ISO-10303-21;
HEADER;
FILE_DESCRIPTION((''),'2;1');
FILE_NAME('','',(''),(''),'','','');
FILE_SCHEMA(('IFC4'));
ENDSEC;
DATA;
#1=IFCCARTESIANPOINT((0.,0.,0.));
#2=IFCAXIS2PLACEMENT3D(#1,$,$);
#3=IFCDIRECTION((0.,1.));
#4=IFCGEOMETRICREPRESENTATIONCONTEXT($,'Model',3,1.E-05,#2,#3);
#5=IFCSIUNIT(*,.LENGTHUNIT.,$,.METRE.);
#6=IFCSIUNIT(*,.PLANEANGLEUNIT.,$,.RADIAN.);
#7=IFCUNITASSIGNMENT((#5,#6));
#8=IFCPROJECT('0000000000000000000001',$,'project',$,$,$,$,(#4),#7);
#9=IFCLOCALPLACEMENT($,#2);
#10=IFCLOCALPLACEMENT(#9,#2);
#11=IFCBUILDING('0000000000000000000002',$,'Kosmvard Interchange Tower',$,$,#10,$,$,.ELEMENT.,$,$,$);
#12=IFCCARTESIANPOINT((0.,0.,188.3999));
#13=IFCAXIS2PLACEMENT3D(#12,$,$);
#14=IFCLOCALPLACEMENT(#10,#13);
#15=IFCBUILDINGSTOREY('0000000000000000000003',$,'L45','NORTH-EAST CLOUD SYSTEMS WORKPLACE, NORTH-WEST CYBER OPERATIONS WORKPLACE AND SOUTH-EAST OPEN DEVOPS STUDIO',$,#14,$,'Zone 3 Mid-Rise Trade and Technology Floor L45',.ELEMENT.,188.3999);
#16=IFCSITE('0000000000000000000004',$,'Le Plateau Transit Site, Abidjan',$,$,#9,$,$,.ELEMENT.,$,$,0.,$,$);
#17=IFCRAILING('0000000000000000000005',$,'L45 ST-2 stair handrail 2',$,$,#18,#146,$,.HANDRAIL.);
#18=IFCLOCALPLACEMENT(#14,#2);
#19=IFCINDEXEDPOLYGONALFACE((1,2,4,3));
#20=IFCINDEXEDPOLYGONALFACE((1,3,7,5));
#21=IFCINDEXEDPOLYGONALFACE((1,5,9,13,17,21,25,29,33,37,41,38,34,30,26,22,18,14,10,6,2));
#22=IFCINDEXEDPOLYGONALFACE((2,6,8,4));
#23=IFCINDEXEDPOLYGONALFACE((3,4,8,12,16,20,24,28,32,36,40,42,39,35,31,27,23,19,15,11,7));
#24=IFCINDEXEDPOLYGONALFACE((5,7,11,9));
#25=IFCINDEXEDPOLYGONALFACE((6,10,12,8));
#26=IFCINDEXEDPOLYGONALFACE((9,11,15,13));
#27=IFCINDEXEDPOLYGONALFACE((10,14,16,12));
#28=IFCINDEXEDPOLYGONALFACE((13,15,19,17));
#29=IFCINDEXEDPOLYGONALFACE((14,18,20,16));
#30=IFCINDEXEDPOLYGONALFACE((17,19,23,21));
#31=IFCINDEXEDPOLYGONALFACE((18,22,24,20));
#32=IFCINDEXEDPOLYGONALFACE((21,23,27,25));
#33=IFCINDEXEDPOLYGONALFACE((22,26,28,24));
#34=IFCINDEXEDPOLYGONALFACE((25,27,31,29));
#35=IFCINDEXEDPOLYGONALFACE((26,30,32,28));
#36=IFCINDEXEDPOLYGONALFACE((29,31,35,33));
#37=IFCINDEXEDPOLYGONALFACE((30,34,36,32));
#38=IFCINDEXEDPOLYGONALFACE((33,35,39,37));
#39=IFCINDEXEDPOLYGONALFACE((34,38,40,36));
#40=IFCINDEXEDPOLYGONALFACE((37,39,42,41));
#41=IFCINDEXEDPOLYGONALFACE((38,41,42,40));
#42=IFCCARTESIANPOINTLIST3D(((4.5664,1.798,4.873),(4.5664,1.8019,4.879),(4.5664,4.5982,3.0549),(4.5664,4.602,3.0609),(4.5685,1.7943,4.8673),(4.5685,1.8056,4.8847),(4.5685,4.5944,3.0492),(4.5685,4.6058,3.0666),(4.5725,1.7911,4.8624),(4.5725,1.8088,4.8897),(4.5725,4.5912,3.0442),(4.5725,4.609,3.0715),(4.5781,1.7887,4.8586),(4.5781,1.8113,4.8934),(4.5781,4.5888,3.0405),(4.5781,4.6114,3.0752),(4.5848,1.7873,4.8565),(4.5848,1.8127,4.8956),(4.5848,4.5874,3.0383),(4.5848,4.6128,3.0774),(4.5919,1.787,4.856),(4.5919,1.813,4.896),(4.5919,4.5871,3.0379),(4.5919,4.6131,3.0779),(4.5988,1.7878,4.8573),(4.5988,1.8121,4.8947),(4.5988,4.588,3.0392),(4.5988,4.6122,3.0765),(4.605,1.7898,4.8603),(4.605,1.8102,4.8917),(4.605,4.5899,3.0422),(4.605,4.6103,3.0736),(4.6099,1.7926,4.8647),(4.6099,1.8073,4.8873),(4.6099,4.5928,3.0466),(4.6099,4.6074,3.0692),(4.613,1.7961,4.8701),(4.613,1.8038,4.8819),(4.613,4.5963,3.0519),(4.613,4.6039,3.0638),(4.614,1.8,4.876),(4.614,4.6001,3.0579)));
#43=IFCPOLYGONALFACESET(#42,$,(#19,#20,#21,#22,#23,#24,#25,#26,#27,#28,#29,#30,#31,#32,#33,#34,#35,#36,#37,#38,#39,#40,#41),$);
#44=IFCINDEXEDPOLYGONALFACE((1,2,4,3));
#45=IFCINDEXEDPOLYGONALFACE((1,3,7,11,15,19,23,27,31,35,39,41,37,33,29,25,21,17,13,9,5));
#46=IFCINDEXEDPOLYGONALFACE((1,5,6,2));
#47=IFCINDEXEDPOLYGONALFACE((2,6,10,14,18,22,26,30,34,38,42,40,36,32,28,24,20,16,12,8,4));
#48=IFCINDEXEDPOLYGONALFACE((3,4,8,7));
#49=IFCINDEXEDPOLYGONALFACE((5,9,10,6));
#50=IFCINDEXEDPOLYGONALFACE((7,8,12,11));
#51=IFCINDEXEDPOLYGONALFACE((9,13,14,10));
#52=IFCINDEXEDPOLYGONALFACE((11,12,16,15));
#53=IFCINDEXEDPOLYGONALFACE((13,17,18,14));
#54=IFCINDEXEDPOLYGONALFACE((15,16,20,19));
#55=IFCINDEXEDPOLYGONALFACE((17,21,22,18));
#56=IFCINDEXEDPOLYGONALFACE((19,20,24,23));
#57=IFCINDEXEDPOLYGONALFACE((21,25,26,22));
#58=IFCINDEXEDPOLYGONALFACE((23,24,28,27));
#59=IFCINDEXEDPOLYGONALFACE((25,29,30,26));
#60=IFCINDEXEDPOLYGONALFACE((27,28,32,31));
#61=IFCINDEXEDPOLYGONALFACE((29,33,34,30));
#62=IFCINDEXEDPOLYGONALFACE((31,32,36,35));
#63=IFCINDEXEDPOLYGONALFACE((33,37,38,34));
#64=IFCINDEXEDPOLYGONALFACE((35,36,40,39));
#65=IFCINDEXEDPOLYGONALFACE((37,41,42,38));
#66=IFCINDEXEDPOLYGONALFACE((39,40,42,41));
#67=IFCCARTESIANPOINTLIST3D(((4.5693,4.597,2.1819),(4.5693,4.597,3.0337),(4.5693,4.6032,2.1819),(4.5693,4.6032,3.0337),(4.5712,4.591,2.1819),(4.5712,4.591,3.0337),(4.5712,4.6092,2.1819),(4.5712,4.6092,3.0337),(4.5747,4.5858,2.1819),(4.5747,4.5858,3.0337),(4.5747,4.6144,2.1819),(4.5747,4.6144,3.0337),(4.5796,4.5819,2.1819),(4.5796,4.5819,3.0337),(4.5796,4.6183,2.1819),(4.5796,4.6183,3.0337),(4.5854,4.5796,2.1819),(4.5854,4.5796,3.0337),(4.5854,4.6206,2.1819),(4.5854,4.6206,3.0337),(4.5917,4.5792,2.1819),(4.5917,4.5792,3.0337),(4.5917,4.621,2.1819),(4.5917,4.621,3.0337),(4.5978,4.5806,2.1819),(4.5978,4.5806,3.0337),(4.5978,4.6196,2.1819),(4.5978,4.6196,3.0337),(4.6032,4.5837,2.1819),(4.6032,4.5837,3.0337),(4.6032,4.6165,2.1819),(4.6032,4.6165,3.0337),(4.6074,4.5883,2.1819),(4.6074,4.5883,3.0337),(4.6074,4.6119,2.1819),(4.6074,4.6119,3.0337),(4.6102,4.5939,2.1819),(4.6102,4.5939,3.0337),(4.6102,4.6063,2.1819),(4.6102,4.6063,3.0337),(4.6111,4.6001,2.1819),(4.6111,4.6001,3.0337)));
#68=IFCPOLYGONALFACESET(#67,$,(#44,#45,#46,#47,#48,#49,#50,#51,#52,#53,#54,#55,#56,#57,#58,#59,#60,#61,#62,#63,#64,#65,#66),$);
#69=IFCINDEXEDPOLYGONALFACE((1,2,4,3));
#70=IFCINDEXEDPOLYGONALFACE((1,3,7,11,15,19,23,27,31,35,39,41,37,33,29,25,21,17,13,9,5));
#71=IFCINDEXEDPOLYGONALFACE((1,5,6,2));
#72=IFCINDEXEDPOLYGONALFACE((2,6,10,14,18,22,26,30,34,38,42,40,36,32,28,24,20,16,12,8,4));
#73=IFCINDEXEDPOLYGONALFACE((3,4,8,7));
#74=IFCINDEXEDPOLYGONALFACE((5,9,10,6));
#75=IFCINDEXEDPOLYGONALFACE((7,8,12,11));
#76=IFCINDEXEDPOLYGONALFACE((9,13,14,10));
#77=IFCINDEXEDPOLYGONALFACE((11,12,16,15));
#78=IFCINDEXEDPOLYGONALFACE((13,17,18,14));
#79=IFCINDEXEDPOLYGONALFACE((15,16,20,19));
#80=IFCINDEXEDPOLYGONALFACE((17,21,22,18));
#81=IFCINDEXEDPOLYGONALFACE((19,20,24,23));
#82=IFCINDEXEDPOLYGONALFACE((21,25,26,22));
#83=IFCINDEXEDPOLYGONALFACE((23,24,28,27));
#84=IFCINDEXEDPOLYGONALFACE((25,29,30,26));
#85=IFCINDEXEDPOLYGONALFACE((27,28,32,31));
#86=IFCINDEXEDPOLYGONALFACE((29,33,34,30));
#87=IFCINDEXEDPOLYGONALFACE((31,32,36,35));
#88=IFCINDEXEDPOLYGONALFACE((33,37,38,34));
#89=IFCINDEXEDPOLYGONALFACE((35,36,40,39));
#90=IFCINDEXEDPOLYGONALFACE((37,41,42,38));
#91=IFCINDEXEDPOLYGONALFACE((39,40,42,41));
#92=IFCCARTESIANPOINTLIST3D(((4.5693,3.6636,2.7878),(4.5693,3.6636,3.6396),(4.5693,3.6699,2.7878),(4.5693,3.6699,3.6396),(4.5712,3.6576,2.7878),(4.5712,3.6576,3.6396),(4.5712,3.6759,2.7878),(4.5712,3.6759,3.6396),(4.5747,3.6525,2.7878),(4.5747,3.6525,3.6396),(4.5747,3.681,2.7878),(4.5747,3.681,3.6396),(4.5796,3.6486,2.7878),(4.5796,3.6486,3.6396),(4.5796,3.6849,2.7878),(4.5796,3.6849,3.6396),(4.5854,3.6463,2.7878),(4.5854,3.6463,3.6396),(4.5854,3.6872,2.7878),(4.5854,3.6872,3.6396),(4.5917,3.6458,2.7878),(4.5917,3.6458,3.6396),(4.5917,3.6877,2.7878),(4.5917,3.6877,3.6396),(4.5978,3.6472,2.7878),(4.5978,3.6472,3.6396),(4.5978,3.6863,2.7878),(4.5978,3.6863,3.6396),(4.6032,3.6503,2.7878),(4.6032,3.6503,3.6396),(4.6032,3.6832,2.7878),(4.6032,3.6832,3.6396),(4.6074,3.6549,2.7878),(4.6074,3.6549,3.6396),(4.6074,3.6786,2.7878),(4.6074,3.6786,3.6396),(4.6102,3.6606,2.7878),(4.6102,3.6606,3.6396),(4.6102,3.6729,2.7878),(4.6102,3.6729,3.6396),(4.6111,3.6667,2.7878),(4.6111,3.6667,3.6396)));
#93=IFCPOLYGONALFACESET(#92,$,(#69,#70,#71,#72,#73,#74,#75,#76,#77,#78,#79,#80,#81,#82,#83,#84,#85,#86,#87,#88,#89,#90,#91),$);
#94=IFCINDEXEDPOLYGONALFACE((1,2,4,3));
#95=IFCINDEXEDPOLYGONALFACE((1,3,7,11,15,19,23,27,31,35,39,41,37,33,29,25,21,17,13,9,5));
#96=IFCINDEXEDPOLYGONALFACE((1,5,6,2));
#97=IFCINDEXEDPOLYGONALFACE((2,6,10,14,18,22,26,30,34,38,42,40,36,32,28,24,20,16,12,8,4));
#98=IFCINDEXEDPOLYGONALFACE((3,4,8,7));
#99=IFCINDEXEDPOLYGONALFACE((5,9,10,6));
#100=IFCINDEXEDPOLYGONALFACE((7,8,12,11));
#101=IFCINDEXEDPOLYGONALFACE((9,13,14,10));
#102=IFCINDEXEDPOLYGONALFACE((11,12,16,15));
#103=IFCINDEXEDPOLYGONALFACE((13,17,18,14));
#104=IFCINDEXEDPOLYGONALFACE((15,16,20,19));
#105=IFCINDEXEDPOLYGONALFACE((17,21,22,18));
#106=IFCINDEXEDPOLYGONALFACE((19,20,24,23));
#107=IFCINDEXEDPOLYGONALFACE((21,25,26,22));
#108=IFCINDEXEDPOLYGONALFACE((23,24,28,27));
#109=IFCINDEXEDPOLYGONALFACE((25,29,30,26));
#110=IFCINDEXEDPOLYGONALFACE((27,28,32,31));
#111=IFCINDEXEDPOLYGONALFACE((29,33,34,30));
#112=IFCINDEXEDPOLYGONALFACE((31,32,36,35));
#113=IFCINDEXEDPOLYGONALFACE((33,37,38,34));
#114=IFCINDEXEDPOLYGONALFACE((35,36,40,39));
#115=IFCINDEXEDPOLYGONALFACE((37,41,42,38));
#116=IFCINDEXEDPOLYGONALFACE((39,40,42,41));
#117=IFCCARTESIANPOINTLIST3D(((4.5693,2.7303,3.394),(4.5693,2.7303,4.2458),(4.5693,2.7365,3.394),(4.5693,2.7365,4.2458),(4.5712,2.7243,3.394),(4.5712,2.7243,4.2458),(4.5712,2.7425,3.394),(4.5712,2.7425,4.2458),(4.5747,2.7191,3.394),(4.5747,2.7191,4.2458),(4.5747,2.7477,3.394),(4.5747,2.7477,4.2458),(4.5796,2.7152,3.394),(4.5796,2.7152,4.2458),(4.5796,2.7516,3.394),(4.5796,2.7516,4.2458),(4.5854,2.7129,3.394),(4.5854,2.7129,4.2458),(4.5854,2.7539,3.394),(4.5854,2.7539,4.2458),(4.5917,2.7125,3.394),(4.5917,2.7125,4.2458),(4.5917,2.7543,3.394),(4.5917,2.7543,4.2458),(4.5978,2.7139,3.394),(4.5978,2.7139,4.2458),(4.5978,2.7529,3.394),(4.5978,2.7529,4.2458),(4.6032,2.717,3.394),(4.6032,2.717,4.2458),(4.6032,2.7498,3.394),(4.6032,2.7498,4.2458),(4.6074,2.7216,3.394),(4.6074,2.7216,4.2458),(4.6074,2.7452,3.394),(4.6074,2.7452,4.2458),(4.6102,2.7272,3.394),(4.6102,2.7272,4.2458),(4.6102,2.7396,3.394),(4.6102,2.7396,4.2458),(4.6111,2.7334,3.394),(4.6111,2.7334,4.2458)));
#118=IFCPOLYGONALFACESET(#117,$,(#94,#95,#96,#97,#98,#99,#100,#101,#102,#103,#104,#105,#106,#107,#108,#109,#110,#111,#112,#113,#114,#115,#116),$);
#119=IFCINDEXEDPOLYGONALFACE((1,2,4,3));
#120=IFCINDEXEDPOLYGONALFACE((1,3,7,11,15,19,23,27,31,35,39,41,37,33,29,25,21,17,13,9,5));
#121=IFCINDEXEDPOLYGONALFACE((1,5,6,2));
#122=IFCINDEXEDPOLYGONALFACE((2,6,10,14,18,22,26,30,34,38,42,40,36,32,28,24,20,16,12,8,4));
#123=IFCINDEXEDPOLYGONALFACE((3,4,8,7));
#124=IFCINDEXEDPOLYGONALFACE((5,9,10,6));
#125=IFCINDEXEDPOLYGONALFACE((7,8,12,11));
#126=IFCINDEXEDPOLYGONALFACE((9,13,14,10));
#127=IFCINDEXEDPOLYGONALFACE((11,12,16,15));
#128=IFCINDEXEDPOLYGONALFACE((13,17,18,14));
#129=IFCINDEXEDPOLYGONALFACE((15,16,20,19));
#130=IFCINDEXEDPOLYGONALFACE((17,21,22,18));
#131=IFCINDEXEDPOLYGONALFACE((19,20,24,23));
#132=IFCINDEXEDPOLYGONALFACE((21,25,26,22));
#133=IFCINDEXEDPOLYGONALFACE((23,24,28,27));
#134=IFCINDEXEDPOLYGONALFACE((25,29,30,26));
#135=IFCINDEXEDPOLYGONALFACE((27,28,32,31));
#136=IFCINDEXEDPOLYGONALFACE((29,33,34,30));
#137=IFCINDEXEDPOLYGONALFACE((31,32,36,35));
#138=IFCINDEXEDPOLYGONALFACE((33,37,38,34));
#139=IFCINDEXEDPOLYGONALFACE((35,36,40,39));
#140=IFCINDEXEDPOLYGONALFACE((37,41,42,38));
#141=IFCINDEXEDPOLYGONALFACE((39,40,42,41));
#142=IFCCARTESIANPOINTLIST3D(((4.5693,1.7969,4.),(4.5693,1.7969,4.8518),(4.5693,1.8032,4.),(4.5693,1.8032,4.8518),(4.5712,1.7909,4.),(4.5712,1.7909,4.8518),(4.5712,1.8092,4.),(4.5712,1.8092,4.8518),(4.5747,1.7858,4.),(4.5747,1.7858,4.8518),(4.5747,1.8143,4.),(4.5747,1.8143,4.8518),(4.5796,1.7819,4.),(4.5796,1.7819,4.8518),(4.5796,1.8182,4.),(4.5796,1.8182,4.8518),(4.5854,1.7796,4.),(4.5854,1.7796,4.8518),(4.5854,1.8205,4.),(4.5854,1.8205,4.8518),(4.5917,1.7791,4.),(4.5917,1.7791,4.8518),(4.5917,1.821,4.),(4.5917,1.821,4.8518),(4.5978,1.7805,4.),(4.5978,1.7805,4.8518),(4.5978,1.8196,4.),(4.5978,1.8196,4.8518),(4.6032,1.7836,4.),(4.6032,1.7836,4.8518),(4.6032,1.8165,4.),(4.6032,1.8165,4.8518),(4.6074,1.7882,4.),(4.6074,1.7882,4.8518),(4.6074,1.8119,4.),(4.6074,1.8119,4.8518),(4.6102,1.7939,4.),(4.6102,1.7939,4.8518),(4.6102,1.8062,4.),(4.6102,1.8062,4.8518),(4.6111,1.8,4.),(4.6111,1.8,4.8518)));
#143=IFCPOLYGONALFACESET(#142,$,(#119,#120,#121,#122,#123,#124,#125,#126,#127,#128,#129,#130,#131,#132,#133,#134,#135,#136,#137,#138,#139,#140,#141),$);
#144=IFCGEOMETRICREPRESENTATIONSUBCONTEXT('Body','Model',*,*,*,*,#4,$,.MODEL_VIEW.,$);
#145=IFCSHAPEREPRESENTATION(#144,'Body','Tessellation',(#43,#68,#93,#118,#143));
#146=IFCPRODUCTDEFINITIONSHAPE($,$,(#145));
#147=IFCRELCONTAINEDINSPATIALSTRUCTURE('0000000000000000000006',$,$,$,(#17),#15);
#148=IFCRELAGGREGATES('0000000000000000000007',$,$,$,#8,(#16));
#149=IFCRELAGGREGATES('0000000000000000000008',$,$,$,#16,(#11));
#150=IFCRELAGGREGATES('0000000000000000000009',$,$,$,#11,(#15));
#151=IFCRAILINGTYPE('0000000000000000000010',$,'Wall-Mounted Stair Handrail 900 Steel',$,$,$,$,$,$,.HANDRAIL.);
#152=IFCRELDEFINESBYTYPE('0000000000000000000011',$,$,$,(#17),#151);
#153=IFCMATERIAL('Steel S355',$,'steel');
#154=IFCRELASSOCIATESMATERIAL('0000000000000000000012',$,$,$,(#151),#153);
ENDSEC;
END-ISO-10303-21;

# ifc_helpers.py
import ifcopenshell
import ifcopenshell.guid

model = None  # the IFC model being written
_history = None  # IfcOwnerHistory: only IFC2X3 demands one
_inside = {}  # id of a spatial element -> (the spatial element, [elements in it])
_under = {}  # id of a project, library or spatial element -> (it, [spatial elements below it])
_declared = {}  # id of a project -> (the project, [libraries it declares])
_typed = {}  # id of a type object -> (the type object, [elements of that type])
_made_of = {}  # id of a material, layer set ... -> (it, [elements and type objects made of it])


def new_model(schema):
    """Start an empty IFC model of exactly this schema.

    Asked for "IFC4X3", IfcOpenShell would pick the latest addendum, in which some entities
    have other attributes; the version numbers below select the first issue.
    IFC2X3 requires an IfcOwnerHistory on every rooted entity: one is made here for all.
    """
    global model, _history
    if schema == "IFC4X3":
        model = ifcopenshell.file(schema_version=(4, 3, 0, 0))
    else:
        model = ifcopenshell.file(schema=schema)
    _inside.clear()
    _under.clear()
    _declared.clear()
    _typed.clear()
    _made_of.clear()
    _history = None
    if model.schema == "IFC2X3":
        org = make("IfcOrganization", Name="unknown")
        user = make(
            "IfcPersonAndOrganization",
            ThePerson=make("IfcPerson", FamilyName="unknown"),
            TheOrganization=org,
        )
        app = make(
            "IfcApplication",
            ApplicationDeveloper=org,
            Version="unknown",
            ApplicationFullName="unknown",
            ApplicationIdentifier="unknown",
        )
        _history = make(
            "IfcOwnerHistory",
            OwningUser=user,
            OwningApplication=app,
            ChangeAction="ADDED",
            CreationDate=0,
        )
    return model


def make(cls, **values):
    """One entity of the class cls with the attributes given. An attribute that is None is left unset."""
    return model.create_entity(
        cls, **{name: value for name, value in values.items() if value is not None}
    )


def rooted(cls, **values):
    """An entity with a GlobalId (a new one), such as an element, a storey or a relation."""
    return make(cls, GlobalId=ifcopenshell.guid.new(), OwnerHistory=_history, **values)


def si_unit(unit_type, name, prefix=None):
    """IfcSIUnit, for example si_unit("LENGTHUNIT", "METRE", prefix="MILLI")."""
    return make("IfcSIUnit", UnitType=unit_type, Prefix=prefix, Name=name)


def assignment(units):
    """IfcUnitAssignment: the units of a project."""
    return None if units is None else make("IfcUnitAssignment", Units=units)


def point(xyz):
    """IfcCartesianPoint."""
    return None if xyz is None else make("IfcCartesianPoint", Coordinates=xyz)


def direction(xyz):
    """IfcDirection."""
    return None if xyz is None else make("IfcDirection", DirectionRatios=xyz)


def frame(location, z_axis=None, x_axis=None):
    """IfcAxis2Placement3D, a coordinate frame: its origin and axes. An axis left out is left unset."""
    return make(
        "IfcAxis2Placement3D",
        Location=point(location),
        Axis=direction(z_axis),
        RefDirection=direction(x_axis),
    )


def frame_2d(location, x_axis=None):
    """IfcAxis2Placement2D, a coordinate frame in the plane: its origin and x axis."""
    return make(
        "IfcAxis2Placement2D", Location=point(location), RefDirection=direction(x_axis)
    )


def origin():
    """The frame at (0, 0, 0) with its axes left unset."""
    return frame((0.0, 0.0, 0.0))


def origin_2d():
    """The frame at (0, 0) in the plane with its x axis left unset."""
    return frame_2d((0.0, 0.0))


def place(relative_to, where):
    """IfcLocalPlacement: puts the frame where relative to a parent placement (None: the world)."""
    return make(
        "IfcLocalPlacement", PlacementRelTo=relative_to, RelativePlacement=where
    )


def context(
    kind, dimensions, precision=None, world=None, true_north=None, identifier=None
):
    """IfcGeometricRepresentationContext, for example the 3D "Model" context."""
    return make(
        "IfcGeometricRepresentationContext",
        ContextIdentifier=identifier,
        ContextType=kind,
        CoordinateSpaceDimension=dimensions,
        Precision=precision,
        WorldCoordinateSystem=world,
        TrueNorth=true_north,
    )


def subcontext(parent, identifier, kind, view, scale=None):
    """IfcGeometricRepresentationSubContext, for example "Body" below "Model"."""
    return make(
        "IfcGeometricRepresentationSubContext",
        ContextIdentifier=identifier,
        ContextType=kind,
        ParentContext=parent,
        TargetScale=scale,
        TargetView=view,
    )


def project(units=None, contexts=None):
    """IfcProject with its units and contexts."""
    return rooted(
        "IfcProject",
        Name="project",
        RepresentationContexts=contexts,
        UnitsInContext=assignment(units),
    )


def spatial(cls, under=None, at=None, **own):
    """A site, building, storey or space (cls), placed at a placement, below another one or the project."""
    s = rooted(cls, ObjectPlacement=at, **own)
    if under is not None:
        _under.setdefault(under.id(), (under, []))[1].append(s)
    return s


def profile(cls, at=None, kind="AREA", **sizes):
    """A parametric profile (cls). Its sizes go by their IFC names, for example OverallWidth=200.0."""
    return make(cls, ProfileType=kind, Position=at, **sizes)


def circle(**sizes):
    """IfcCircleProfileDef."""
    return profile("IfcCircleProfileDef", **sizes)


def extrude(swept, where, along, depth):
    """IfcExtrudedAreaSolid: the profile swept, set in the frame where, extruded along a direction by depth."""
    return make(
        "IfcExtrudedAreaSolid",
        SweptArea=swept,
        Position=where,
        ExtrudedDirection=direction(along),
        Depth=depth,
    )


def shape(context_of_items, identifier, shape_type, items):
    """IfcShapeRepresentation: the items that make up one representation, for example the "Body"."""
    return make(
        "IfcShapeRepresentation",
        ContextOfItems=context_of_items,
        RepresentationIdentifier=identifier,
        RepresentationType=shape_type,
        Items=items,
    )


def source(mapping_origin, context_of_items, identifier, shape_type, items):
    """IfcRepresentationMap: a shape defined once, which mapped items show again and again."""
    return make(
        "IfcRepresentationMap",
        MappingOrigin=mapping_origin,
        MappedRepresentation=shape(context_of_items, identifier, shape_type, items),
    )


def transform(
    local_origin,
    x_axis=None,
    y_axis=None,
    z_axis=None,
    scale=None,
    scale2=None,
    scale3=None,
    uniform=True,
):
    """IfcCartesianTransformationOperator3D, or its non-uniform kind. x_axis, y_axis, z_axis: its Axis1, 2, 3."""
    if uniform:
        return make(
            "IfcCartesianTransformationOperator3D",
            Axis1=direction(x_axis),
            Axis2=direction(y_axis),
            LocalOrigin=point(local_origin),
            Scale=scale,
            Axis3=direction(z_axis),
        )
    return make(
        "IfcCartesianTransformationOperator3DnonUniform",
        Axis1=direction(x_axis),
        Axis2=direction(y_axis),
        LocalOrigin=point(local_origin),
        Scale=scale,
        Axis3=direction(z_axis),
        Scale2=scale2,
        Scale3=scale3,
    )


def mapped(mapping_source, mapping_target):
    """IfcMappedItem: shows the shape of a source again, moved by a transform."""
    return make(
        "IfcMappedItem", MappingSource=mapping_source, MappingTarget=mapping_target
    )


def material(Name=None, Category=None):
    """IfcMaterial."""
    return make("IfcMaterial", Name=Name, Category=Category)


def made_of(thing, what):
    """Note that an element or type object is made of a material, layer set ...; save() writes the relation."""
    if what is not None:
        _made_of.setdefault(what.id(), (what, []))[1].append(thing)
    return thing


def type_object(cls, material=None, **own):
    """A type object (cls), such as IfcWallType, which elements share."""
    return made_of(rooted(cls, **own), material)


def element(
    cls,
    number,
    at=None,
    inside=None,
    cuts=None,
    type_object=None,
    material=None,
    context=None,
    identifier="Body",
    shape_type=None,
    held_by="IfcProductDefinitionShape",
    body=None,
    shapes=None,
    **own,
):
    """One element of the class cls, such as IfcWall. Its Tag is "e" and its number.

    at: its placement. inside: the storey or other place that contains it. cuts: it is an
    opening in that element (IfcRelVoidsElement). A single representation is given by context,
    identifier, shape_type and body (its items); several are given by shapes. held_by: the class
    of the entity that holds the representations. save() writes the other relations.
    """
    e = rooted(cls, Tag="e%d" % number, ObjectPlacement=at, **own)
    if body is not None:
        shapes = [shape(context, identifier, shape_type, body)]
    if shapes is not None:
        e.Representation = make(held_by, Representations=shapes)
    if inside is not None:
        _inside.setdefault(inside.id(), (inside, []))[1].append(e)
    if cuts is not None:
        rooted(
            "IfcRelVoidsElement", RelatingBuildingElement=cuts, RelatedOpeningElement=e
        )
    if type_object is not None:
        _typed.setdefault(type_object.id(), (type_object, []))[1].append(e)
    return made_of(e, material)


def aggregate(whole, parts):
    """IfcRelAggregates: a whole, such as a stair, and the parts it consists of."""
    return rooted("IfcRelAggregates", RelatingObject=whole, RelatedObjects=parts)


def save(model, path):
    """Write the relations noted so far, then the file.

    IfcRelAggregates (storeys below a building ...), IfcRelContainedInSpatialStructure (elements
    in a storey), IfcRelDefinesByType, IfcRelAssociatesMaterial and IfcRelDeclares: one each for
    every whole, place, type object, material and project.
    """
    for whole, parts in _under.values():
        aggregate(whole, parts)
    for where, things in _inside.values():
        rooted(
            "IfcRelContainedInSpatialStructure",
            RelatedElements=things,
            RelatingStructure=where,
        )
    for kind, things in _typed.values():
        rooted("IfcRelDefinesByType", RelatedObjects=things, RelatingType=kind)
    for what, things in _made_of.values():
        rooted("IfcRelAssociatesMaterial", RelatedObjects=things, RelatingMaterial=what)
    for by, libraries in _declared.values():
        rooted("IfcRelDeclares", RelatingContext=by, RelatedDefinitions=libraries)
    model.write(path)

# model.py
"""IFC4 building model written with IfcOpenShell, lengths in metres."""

from ifc_helpers import new_model, si_unit, direction, frame, origin, origin_2d, place, context, subcontext, project, spatial, circle, extrude, source, transform, mapped, material, type_object, element, save


model = new_model("IFC4")

# Units and contexts
model_context = context("Model", 3, precision=1e-05, world=origin(), true_north=direction((0.0, 1.0)))
body_context = subcontext(model_context, "Body", "Model", "MODEL_VIEW")
ifc_project = project(units=[si_unit("LENGTHUNIT", "METRE"), si_unit("PLANEANGLEUNIT", "RADIAN")], contexts=[model_context])

# Site, building, storey
site_placement = place(None, origin())
site = spatial("IfcSite", under=ifc_project, at=site_placement, Name="Le Plateau Transit Site, Abidjan", CompositionType="ELEMENT", RefElevation=0.0)
building_placement = place(site_placement, origin())
building = spatial("IfcBuilding", under=site, at=building_placement, Name="Kosmvard Interchange Tower", CompositionType="ELEMENT")
storey_placement = place(building_placement, frame((0.0, 0.0, 188.3999)))
storey = spatial("IfcBuildingStorey", under=building, at=storey_placement, Name="L45", Description="NORTH-EAST CLOUD SYSTEMS WORKPLACE, NORTH-WEST CYBER OPERATIONS WORKPLACE AND SOUTH-EAST OPEN DEVOPS STUDIO", LongName="Zone 3 Mid-Rise Trade and Technology Floor L45", CompositionType="ELEMENT", Elevation=188.3999)

# Railing
ifc_material_1 = material(Name="Steel S355", Category="steel")
railing_type_1 = type_object("IfcRailingType", Name="Wall-Mounted Stair Handrail 900 Steel", PredefinedType="HANDRAIL", material=ifc_material_1)
shared_shape_1 = source(origin(), body_context, "Body", "SweptSolid", [
    extrude(circle(Radius=0.0239, at=origin_2d()), frame((0.0, 0.0, 0.876), z_axis=(0.0, -0.838706, 0.544585), x_axis=(1.0, 0.0, 0.0)), (0.0, 0.0, 1.0), 3.3386),
    extrude(circle(Radius=0.021, at=origin_2d()), origin(), (0.0, 0.0, 1.0), 0.8518),
    extrude(circle(Radius=0.021, at=origin_2d()), frame((0.0, -0.9333, 0.606)), (0.0, 0.0, 1.0), 0.8518),
    extrude(circle(Radius=0.021, at=origin_2d()), frame((0.0, -1.8667, 1.2122)), (0.0, 0.0, 1.0), 0.8518),
    extrude(circle(Radius=0.021, at=origin_2d()), frame((0.0, -2.8, 1.8181)), (0.0, 0.0, 1.0), 0.8518),
])
railing_1_placement = place(storey_placement, frame((4.5901, 4.6001, 2.1819)))
element("IfcRailing", 1, at=railing_1_placement, inside=storey, type_object=railing_type_1, Name="L45 ST-2 stair handrail 2", PredefinedType="HANDRAIL", context=body_context, shape_type="MappedRepresentation", body=[
    mapped(shared_shape_1, transform((0.0, 0.0, 0.0), scale=1.0)),
])

save(model, "model.ifc")
